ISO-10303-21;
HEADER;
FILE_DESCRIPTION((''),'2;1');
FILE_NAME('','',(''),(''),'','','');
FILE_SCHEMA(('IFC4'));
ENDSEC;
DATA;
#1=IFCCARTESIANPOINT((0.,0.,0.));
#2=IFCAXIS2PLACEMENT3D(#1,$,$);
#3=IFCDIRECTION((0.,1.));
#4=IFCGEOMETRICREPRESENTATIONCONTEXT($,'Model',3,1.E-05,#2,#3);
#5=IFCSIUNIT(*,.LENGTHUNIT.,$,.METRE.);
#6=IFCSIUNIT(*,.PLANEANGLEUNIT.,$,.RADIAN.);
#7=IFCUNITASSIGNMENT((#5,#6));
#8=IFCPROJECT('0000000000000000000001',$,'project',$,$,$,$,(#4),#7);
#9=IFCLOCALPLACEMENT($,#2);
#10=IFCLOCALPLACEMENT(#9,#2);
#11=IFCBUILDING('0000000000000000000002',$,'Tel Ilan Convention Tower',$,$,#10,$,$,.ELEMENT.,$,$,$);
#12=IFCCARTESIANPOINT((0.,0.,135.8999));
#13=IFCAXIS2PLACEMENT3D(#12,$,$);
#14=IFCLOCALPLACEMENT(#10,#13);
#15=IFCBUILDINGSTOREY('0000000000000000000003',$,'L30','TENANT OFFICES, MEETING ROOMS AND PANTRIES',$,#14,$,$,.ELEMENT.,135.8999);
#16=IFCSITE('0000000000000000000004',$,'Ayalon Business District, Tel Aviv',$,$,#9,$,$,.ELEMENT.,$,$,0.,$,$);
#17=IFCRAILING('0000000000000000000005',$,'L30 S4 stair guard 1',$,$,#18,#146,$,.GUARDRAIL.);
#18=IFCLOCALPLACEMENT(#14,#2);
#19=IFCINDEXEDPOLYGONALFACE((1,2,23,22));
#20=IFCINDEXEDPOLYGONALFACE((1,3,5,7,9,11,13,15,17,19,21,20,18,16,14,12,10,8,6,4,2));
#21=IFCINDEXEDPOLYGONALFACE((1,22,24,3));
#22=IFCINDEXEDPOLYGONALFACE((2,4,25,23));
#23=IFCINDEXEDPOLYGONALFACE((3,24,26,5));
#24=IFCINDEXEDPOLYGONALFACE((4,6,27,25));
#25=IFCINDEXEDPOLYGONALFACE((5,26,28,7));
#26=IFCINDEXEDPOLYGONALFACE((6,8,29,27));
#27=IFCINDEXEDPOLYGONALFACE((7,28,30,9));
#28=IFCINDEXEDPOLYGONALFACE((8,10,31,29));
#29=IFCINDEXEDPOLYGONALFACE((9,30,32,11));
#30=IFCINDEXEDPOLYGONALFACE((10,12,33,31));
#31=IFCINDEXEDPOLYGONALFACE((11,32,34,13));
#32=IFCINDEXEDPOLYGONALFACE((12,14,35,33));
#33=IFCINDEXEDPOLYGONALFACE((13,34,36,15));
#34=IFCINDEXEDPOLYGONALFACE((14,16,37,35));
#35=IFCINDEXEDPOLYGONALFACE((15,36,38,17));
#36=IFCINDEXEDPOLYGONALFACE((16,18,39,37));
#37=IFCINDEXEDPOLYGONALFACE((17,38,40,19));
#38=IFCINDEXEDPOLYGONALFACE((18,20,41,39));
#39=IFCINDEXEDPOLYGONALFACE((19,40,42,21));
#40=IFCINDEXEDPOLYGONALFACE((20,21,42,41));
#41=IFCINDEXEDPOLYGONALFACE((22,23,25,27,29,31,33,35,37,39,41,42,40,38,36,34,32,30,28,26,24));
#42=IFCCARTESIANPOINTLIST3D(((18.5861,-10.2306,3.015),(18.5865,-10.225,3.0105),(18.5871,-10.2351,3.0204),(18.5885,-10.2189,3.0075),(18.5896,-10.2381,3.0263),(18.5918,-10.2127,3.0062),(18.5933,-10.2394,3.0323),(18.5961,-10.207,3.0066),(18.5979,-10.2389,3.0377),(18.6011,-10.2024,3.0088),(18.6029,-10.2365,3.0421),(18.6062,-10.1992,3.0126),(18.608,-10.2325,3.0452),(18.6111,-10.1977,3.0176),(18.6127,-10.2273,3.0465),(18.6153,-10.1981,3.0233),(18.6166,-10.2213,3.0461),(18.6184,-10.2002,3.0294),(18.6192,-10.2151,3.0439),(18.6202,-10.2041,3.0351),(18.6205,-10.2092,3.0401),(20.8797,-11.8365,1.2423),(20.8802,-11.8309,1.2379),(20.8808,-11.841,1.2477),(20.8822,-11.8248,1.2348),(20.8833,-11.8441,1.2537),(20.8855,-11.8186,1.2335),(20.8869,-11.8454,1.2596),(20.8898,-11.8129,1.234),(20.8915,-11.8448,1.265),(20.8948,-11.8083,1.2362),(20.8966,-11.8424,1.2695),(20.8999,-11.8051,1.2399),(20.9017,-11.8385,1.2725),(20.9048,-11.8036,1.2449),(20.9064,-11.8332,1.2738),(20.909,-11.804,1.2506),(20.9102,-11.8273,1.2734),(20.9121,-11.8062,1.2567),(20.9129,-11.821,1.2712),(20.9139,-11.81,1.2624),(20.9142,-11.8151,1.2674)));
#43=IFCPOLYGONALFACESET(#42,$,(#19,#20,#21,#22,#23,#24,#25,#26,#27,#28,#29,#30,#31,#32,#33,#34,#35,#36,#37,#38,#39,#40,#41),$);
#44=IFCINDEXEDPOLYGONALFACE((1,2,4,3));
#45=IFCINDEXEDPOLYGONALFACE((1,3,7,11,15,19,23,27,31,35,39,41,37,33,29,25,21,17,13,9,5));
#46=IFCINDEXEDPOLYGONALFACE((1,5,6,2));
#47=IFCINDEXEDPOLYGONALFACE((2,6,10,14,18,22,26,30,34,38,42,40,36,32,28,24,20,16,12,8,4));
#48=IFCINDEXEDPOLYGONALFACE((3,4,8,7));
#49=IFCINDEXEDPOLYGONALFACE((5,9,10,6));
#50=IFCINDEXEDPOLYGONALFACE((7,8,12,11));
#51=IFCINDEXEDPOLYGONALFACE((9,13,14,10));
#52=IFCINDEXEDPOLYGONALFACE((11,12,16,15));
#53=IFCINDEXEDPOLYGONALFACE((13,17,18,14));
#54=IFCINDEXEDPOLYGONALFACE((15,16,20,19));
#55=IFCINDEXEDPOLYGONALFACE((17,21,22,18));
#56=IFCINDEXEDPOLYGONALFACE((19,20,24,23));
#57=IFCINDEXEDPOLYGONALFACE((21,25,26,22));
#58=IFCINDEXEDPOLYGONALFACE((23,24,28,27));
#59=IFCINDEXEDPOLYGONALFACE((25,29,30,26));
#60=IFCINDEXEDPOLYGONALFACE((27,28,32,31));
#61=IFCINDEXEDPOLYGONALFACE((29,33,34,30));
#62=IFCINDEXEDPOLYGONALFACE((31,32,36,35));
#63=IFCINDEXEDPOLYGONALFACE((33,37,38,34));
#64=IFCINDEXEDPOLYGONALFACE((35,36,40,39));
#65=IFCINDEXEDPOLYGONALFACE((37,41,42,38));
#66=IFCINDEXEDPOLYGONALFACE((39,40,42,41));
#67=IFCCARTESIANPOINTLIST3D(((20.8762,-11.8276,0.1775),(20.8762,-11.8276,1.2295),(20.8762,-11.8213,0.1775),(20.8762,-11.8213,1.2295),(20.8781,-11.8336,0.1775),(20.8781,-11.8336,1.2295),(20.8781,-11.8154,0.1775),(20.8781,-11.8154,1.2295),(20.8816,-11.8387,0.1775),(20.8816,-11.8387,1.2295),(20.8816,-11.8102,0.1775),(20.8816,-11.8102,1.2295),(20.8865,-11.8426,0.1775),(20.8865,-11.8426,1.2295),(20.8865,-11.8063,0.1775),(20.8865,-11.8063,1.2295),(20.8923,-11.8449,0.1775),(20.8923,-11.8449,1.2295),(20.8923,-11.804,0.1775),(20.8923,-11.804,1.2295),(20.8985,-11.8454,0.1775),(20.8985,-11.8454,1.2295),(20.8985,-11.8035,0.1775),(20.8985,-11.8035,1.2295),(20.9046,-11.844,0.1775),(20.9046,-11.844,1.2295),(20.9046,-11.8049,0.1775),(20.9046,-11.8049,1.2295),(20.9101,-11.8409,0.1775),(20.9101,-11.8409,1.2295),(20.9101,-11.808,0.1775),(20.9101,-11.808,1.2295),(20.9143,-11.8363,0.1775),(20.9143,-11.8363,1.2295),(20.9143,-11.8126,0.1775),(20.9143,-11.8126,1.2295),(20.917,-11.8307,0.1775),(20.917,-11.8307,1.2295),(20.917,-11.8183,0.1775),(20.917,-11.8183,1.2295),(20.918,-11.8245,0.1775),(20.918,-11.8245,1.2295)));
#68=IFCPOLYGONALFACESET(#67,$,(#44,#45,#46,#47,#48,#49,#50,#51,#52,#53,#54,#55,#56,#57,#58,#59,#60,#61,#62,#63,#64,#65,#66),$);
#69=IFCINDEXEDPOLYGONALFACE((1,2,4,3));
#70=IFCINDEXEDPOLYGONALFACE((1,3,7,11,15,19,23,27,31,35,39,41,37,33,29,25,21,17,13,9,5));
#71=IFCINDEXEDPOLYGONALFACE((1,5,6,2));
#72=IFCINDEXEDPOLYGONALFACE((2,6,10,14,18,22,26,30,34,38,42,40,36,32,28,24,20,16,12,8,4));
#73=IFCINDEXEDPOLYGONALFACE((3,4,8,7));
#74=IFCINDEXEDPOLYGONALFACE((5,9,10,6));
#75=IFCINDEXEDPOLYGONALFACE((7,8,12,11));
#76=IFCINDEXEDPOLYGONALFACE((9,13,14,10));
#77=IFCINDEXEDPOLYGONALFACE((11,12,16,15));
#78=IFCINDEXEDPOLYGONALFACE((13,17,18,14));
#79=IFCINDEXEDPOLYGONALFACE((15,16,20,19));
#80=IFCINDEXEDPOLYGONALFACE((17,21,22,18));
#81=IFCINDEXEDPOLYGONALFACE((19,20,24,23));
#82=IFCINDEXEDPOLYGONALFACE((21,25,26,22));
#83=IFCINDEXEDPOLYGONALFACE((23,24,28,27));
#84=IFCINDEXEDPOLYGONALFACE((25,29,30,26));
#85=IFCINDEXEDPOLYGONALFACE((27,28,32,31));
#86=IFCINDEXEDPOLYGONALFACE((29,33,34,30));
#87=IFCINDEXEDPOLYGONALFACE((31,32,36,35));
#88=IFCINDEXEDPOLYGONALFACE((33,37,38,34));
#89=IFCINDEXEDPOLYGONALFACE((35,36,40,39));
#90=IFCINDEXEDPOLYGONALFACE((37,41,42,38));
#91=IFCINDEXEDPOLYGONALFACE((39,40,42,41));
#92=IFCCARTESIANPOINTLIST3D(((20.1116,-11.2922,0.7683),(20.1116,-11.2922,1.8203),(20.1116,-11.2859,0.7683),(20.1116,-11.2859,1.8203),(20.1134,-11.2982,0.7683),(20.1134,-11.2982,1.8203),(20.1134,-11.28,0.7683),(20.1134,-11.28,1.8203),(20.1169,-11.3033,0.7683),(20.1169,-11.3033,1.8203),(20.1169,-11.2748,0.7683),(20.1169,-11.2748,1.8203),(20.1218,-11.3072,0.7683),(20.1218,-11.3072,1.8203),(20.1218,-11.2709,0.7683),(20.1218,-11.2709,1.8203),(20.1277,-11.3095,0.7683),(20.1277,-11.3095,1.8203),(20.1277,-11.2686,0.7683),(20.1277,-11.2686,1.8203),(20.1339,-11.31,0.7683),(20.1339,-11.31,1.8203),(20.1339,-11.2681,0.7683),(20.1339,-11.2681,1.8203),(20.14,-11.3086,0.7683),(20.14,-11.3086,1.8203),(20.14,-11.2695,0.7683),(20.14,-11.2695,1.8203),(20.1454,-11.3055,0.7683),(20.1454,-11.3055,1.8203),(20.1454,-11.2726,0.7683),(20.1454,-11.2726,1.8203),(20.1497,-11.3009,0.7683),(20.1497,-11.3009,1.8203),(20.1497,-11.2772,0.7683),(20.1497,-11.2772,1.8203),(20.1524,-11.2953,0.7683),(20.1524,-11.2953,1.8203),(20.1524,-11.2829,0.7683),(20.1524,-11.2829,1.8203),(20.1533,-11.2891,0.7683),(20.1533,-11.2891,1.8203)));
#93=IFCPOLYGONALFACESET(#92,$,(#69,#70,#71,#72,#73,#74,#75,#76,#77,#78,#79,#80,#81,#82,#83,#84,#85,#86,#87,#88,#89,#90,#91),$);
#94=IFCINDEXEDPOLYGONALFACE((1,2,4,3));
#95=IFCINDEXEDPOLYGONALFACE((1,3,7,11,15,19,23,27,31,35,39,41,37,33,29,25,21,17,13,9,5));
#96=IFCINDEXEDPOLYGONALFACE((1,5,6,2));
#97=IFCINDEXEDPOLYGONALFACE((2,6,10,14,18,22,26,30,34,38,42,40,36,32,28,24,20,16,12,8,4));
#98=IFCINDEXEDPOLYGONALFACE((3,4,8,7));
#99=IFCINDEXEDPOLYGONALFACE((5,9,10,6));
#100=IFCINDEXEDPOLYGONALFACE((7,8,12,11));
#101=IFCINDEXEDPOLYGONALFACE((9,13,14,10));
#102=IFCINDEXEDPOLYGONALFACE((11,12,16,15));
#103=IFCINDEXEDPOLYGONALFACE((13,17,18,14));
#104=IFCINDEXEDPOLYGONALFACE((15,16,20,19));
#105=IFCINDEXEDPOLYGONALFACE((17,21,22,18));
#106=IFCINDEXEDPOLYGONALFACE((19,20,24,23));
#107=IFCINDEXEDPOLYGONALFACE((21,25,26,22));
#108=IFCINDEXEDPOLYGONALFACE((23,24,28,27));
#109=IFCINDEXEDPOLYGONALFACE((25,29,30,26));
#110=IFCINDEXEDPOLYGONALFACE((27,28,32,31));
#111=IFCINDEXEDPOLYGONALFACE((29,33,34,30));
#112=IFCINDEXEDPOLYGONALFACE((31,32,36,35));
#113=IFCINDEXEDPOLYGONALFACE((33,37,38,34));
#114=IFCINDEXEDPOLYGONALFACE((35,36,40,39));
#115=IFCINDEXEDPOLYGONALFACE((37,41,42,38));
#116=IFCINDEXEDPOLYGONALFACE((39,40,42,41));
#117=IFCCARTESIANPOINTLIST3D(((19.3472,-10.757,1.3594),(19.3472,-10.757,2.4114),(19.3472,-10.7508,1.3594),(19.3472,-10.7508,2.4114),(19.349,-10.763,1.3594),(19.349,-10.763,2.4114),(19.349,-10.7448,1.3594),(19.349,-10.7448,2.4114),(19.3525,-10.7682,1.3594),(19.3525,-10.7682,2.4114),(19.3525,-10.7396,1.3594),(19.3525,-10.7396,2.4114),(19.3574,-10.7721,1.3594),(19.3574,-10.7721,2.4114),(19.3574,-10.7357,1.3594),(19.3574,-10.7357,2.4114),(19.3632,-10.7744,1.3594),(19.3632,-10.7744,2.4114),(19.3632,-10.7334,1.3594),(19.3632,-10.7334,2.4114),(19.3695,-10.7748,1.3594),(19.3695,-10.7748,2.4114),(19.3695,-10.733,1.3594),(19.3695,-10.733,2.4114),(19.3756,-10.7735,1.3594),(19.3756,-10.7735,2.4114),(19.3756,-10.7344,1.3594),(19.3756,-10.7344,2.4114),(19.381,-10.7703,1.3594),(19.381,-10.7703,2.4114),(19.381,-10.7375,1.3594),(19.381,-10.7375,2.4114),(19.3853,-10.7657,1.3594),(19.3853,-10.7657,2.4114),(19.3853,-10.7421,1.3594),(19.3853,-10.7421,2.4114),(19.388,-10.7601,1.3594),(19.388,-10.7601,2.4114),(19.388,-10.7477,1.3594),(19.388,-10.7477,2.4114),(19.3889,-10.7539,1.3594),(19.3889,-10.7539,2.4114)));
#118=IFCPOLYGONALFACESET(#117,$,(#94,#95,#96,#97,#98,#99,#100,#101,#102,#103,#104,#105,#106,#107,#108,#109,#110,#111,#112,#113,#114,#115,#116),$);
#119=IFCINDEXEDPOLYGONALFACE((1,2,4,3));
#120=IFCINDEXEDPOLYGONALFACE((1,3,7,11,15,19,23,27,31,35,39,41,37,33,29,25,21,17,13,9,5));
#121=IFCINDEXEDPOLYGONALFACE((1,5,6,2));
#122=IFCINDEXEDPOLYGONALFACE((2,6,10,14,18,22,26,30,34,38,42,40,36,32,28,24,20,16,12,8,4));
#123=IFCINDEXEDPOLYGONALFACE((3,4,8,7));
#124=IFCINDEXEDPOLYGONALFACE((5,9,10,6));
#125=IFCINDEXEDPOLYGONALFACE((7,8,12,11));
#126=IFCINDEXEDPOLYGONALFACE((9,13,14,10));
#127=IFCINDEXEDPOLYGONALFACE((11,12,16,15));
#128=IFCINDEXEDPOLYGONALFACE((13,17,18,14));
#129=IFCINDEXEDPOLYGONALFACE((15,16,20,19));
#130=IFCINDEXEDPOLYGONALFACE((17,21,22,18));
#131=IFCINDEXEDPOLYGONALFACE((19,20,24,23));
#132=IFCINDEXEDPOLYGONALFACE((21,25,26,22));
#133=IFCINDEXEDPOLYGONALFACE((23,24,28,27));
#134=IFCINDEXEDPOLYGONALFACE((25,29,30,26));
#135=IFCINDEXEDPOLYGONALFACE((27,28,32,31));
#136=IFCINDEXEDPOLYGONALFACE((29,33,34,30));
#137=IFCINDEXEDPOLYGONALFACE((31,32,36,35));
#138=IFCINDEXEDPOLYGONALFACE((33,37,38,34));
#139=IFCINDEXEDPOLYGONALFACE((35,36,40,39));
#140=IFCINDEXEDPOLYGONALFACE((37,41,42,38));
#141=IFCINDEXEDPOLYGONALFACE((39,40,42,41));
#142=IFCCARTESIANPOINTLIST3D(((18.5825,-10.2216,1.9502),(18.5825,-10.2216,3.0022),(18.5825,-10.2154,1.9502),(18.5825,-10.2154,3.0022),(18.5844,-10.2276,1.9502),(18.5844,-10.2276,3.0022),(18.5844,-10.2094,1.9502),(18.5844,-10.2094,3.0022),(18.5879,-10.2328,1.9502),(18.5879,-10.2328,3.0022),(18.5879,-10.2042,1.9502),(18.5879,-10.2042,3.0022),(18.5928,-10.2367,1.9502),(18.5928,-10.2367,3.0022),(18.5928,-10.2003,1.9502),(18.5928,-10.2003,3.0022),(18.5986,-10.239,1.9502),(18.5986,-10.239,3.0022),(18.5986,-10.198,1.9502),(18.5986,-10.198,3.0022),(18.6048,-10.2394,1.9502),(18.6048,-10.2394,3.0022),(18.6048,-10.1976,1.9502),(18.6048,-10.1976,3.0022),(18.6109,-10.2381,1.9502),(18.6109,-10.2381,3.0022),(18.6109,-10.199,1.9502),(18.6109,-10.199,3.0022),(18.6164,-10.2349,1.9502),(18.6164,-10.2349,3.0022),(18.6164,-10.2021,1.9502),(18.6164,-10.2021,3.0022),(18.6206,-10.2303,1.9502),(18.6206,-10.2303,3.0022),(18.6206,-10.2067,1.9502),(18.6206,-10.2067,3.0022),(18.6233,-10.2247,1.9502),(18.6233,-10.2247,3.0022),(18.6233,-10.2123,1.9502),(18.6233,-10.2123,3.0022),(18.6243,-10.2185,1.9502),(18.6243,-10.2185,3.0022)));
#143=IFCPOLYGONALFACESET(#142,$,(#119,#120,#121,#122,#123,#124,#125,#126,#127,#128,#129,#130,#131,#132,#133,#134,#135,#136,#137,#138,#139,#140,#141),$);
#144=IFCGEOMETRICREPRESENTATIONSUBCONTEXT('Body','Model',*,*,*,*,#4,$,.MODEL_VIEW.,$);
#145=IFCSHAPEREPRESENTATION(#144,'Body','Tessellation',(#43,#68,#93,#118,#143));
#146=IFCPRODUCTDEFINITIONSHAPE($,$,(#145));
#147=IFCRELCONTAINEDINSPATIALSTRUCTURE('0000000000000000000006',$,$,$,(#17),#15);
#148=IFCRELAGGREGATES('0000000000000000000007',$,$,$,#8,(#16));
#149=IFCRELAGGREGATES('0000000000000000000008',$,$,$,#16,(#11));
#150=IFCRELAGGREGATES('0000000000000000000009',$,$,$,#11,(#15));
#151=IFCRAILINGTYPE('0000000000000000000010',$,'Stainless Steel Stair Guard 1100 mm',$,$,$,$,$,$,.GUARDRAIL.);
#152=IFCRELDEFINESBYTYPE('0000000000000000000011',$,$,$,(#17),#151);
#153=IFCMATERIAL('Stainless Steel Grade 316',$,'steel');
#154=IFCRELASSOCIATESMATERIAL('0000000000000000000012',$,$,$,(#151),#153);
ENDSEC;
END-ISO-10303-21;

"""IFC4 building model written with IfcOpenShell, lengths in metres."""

from ifc_helpers import new_model, si_unit, direction, frame, origin, origin_2d, place, context, subcontext, project, spatial, circle, extrude, material, type_object, element, save


model = new_model("IFC4")

# Units and contexts
model_context = context("Model", 3, precision=1e-05, world=origin(), true_north=direction((0.0, 1.0)))
body_context = subcontext(model_context, "Body", "Model", "MODEL_VIEW")
ifc_project = project(units=[si_unit("LENGTHUNIT", "METRE"), si_unit("PLANEANGLEUNIT", "RADIAN")], contexts=[model_context])

# Site, building, storey
site_placement = place(None, origin())
site = spatial("IfcSite", under=ifc_project, at=site_placement, Name="Ayalon Business District, Tel Aviv", CompositionType="ELEMENT", RefElevation=0.0)
building_placement = place(site_placement, origin())
building = spatial("IfcBuilding", under=site, at=building_placement, Name="Tel Ilan Convention Tower", CompositionType="ELEMENT")
storey_placement = place(building_placement, frame((0.0, 0.0, 135.8999)))
storey = spatial("IfcBuildingStorey", under=building, at=storey_placement, Name="L30", Description="TENANT OFFICES, MEETING ROOMS AND PANTRIES", CompositionType="ELEMENT", Elevation=135.8999)

# Railing
ifc_material_1 = material(Name="Stainless Steel Grade 316", Category="steel")
railing_type_1 = type_object("IfcRailingType", Name="Stainless Steel Stair Guard 1100 mm", PredefinedType="GUARDRAIL", material=ifc_material_1)
railing_1_placement = place(storey_placement, frame((20.897, -11.8245, 0.1775)))
element("IfcRailing", 1, at=railing_1_placement, inside=storey, type_object=railing_type_1, Name="L30 S4 stair guard 1", PredefinedType="GUARDRAIL", context=body_context, shape_type="SweptSolid", body=[
    extrude(circle(Radius=0.0239, at=origin_2d()), frame((0.0, 0.0, 1.0762), z_axis=(-0.692123, 0.484597, 0.534913), x_axis=(-0.57355, -0.81917, 0.0)), (0.0, 0.0, 1.0), 3.314),
    extrude(circle(Radius=0.021, at=origin_2d()), origin(), (0.0, 0.0, 1.0), 1.052),
    extrude(circle(Radius=0.021, at=origin_2d()), frame((-0.7646, 0.5354, 0.5908)), (0.0, 0.0, 1.0), 1.052),
    extrude(circle(Radius=0.021, at=origin_2d()), frame((-1.5291, 1.0706, 1.1819)), (0.0, 0.0, 1.0), 1.052),
    extrude(circle(Radius=0.021, at=origin_2d()), frame((-2.2937, 1.606, 1.7727)), (0.0, 0.0, 1.0), 1.052),
])

save(model, "model.ifc")
